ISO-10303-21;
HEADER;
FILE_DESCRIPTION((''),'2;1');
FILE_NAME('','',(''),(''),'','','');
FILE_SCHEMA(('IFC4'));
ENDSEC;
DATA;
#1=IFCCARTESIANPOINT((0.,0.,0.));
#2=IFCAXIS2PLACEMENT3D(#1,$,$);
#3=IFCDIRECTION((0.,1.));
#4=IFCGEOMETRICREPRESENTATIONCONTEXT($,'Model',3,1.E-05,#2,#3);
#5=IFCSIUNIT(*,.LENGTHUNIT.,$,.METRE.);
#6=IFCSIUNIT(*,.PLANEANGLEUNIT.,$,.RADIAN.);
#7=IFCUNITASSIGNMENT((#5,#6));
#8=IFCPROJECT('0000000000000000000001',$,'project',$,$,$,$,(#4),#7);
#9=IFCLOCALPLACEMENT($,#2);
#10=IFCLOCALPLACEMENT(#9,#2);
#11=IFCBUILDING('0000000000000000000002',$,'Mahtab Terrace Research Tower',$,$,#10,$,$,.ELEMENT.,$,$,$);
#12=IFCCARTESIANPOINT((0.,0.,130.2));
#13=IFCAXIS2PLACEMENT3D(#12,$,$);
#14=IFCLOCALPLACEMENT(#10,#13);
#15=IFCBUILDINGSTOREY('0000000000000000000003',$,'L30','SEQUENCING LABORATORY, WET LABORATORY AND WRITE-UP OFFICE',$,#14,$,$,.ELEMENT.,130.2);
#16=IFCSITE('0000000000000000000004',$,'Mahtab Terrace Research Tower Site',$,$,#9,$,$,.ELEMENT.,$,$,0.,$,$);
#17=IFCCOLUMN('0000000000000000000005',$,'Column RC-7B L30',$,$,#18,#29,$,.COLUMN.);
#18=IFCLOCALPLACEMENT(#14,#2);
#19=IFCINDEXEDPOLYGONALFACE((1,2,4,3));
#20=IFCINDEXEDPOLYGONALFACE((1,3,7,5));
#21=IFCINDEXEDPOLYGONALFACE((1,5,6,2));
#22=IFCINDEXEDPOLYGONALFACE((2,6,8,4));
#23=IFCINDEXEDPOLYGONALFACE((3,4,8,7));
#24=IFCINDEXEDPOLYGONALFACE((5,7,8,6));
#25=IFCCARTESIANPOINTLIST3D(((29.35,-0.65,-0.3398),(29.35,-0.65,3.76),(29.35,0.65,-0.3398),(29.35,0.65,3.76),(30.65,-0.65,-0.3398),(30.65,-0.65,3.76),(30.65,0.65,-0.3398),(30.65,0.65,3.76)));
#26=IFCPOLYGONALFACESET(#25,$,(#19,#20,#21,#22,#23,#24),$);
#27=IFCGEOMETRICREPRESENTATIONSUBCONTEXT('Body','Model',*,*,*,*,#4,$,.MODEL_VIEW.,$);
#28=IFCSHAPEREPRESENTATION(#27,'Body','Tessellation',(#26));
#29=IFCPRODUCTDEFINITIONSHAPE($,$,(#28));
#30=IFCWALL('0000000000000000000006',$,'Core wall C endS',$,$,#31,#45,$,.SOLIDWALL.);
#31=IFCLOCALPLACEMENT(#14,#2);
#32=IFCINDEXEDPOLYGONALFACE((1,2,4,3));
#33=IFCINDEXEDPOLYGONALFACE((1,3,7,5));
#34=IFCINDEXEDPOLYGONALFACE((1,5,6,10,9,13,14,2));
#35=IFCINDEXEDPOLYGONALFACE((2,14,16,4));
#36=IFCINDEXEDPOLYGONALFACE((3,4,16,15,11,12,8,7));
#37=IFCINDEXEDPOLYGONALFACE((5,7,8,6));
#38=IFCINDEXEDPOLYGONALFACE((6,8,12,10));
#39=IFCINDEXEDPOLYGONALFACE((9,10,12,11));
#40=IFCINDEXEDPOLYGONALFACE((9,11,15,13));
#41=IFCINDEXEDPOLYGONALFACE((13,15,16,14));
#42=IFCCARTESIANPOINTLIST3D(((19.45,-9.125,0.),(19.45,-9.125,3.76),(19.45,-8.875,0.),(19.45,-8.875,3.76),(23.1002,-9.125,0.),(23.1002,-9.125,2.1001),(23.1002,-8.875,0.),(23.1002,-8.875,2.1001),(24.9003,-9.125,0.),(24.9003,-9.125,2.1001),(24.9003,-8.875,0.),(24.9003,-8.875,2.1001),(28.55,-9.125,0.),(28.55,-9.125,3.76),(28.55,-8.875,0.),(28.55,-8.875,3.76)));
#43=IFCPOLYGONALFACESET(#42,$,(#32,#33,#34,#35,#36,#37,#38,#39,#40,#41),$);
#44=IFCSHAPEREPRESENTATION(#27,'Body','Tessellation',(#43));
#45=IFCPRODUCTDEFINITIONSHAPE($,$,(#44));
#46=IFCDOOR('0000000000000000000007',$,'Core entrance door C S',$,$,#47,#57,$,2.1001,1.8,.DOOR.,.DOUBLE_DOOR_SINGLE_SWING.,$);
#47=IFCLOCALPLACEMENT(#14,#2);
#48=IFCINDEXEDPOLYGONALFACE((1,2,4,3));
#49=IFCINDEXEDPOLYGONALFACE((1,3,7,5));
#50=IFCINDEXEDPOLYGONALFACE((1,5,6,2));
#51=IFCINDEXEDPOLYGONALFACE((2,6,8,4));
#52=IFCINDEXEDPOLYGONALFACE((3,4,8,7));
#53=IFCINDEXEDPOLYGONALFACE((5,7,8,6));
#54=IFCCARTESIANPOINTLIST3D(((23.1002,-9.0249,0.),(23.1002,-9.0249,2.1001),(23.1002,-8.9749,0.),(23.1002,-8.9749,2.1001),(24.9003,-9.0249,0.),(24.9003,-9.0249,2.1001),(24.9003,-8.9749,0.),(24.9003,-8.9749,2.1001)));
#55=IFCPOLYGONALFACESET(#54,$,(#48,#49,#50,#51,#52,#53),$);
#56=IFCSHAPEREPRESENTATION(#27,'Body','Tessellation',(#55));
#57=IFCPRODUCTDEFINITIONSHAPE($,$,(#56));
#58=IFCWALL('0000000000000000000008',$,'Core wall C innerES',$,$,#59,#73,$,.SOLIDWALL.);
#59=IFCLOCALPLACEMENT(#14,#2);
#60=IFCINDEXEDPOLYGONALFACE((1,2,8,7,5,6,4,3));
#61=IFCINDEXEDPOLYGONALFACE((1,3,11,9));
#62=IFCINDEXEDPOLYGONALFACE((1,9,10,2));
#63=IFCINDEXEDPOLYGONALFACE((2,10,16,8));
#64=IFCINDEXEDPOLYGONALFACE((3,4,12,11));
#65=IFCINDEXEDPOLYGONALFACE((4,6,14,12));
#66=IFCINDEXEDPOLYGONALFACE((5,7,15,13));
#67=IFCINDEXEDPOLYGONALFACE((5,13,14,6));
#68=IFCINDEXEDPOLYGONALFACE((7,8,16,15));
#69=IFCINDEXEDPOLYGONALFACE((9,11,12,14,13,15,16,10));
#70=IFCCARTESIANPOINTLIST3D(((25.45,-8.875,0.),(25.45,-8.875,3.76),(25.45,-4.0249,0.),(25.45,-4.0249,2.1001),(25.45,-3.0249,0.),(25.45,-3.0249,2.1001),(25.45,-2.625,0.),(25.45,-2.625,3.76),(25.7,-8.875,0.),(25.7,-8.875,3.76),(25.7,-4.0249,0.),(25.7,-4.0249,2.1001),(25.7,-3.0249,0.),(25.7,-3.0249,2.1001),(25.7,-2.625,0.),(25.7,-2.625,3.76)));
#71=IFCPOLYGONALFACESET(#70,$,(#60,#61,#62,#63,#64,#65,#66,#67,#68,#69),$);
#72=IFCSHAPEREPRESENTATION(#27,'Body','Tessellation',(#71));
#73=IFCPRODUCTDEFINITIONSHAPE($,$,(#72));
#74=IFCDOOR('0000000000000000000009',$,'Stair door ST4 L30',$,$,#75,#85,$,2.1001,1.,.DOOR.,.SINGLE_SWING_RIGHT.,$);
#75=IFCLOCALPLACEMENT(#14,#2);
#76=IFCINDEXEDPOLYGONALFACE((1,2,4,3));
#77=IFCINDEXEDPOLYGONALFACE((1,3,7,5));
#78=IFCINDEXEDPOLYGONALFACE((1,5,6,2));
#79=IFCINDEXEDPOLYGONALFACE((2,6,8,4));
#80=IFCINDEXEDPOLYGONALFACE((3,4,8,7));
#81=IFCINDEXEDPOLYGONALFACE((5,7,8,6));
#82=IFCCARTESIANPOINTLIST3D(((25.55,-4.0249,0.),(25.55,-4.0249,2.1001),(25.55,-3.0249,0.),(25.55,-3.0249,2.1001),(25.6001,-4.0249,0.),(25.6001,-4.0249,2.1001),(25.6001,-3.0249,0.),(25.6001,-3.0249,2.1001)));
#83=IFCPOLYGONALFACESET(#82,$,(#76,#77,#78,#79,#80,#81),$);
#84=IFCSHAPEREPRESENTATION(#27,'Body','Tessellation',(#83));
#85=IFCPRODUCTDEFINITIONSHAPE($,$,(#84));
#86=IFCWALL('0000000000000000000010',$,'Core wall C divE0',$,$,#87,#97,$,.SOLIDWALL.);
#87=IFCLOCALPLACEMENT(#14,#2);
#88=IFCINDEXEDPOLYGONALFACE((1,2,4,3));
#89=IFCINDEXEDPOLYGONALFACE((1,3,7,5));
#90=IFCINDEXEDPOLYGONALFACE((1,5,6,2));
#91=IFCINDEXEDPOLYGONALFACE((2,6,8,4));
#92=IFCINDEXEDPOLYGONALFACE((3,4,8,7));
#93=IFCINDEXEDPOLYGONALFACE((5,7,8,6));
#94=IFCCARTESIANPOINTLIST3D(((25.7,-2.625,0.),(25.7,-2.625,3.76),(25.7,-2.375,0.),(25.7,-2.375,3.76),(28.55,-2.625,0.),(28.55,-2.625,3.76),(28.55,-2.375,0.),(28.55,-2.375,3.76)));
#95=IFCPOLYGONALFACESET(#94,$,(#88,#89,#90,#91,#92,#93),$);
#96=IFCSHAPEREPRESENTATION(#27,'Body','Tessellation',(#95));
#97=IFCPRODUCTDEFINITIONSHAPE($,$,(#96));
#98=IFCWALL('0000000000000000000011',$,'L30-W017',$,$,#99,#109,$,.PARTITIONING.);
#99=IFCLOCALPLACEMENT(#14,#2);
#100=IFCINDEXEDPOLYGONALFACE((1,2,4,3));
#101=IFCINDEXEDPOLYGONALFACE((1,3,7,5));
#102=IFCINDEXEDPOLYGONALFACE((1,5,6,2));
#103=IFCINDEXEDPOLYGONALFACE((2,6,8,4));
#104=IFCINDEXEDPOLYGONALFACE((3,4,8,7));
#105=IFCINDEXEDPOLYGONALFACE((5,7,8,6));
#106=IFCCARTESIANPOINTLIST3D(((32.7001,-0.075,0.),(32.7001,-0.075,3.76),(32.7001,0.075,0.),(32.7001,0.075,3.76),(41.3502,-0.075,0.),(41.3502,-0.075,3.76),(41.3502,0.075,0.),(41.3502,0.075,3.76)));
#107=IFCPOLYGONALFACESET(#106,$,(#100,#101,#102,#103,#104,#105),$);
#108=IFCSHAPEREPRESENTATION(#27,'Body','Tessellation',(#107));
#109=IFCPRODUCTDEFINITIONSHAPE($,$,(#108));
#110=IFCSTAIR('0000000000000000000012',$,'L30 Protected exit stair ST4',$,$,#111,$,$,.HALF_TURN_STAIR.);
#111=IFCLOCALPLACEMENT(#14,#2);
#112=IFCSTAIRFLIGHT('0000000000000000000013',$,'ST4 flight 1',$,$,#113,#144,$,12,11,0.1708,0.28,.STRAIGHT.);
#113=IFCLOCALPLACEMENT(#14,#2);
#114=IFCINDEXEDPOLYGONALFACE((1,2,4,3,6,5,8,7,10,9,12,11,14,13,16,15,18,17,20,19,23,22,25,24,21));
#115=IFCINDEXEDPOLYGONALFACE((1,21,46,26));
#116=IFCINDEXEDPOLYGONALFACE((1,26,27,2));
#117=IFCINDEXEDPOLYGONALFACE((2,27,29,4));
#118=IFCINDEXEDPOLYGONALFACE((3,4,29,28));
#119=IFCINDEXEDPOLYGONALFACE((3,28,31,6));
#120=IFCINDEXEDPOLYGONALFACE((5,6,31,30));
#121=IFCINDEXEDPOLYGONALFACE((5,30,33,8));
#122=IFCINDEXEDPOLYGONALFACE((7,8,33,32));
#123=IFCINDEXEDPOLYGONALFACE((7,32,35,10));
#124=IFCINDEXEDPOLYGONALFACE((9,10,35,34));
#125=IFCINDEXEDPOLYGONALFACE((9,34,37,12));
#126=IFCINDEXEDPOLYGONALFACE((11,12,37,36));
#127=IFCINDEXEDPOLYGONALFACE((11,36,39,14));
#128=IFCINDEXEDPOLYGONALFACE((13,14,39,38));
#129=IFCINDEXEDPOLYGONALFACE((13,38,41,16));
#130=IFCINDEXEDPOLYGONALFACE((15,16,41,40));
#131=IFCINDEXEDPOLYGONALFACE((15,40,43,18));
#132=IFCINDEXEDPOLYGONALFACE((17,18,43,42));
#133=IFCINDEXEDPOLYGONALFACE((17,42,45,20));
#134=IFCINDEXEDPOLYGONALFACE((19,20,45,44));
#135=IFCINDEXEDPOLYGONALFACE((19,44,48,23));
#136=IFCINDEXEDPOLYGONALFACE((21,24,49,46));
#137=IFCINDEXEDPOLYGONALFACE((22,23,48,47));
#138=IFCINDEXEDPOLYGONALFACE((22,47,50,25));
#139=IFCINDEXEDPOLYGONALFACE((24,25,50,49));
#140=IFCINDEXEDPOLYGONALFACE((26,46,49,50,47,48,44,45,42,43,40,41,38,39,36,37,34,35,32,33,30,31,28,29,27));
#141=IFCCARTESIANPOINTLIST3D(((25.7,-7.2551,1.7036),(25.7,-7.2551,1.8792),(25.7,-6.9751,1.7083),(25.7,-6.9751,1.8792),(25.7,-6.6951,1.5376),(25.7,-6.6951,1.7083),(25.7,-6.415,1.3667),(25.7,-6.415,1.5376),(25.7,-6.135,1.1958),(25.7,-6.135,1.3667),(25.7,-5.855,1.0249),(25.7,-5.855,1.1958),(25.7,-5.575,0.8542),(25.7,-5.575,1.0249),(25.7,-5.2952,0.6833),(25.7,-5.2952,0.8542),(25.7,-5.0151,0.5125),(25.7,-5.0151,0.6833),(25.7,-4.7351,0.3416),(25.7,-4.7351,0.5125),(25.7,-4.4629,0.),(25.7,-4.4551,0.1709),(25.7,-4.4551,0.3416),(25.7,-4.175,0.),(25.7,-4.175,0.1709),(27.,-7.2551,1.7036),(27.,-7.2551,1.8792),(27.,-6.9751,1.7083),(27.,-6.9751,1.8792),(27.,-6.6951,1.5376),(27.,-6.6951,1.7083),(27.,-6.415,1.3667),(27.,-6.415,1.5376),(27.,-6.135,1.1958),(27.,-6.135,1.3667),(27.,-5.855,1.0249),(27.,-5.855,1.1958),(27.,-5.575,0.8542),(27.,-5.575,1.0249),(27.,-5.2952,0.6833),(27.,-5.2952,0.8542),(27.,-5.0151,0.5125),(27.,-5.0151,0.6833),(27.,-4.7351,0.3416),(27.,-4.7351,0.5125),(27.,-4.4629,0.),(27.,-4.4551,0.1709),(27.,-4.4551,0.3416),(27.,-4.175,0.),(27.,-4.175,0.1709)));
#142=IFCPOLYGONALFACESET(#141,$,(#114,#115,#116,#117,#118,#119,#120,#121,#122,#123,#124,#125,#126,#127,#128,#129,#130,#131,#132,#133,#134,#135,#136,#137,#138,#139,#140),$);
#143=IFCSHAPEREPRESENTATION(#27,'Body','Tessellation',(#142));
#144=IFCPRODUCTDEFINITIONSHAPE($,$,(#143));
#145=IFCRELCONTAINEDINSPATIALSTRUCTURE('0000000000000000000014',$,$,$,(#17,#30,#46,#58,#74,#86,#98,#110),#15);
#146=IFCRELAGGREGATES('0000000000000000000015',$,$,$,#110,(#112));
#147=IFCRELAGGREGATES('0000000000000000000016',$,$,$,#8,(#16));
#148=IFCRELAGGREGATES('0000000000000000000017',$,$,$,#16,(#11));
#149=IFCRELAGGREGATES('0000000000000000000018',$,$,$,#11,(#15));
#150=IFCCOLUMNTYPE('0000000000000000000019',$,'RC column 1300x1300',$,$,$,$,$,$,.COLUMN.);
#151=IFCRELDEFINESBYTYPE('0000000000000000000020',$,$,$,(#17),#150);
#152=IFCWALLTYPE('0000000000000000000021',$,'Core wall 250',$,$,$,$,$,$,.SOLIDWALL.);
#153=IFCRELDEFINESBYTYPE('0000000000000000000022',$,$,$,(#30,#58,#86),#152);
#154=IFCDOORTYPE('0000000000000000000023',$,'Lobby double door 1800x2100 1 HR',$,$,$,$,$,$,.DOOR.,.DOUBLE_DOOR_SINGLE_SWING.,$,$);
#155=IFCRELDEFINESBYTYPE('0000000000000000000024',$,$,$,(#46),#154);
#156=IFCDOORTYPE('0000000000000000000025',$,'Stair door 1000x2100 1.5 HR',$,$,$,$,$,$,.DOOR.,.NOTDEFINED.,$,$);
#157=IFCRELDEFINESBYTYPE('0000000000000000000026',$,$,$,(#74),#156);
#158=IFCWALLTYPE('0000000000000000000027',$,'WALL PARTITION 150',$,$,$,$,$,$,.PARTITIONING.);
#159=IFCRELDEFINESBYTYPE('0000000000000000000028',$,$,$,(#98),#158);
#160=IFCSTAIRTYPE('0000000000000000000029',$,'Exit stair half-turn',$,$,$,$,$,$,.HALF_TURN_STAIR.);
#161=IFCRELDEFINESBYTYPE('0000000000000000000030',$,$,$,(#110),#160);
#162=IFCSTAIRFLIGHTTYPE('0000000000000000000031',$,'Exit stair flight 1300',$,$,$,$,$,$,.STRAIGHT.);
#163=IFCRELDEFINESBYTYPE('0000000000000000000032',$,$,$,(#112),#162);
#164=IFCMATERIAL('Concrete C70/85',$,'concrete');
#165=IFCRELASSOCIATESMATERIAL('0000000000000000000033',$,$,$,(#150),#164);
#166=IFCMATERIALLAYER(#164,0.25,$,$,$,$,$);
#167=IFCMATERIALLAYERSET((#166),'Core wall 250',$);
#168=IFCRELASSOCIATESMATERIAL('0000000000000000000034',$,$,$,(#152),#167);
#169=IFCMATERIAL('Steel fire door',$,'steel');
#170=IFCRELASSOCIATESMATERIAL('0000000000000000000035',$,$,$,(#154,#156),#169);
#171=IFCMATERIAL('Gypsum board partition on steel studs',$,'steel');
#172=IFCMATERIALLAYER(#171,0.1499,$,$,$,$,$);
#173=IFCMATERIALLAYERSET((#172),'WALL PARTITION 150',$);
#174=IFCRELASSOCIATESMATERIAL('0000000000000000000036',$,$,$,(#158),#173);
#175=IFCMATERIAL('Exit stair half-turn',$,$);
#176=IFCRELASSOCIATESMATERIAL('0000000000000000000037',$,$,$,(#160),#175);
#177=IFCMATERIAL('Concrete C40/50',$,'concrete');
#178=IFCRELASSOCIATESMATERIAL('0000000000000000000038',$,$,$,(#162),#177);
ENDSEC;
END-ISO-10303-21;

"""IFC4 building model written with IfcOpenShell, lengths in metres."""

from ifc_helpers import new_model, si_unit, direction, frame, frame_2d, origin, origin_2d, place, context, subcontext, project, spatial, polyline, rectangle, outline, extrude, material, layer, layer_set, material_profile, profile_set, type_object, element, fill, aggregate, save


model = new_model("IFC4")

# Units and contexts
model_context = context("Model", 3, precision=1e-05, world=origin(), true_north=direction((0.0, 1.0)))
body_context = subcontext(model_context, "Body", "Model", "MODEL_VIEW")
ifc_project = project(units=[si_unit("LENGTHUNIT", "METRE"), si_unit("PLANEANGLEUNIT", "RADIAN")], contexts=[model_context])

# Site, building, storey
site_placement = place(None, origin())
site = spatial("IfcSite", under=ifc_project, at=site_placement, Name="Mahtab Terrace Research Tower Site", CompositionType="ELEMENT", RefElevation=0.0)
building_placement = place(site_placement, origin())
building = spatial("IfcBuilding", under=site, at=building_placement, Name="Mahtab Terrace Research Tower", CompositionType="ELEMENT")
storey_placement = place(building_placement, frame((0.0, 0.0, 130.2)))
storey = spatial("IfcBuildingStorey", under=building, at=storey_placement, Name="L30", Description="SEQUENCING LABORATORY, WET LABORATORY AND WRITE-UP OFFICE", CompositionType="ELEMENT", Elevation=130.2)

# Column
ifc_material_1 = material(Name="Concrete C70/85", Category="concrete")
ifc_material_profile = material_profile(ifc_material_1, rectangle(XDim=1.3, YDim=1.3, at=origin_2d()), Name="RC column 1300x1300")
ifc_profile_set = profile_set([ifc_material_profile], Name="Concrete C70/85")
column_type = type_object("IfcColumnType", Name="RC column 1300x1300", PredefinedType="COLUMN", material=ifc_profile_set)
column_placement = place(storey_placement, frame((30.0, 0.0, -0.3398), z_axis=(0.0, 0.0, 1.0), x_axis=(1.0, 0.0, 0.0)))
element("IfcColumn", 1, at=column_placement, inside=storey, type_object=column_type, Name="Column RC-7B L30", PredefinedType="COLUMN", context=body_context, shape_type="SweptSolid", body=[
    extrude(rectangle(XDim=1.3, YDim=1.3, at=origin_2d()), origin(), (0.0, 0.0, 1.0), 4.0999),
])

# Walls, openings, doors
ifc_layer_1 = layer(ifc_material_1, 0.25)
ifc_layer_set_1 = layer_set([ifc_layer_1], Name="Core wall 250")
wall_type_1 = type_object("IfcWallType", Name="Core wall 250", PredefinedType="SOLIDWALL", material=ifc_layer_set_1)
wall_1_placement = place(storey_placement, frame((28.55, -9.0, 0.0), z_axis=(0.0, 0.0, 1.0), x_axis=(-1.0, 0.0, 0.0)))
wall_1 = element("IfcWall", 2, at=wall_1_placement, inside=storey, type_object=wall_type_1, Name="Core wall C endS", PredefinedType="SOLIDWALL", context=body_context, shape_type="SweptSolid", body=[
    extrude(rectangle(XDim=9.1001, YDim=0.25, at=frame_2d((4.55, 0.0))), origin(), (0.0, 0.0, 1.0), 3.76),
])
opening_1_placement = place(wall_1_placement, frame((3.6499, 0.0, 0.0)))
opening_1 = element("IfcOpeningElement", 3, at=opening_1_placement, cuts=wall_1, PredefinedType="OPENING", context=body_context, shape_type="SweptSolid", body=[
    extrude(rectangle(XDim=1.8, YDim=2.1001, at=frame_2d((0.8999, 1.05))), frame((0.0, 0.135, 0.0), z_axis=(0.0, -1.0, 0.0), x_axis=(1.0, 0.0, 0.0)), (0.0, 0.0, 1.0), 0.27),
])
ifc_material_2 = material(Name="Steel fire door", Category="steel")
door_type_1 = type_object("IfcDoorType", Name="Lobby double door 1800x2100 1 HR", OperationType="DOUBLE_DOOR_SINGLE_SWING", PredefinedType="DOOR", material=ifc_material_2)
door_1_placement = place(opening_1_placement, origin())
door_1 = element("IfcDoor", 4, at=door_1_placement, inside=storey, type_object=door_type_1, Name="Core entrance door C S", OperationType="DOUBLE_DOOR_SINGLE_SWING", OverallHeight=2.1001, OverallWidth=1.8, PredefinedType="DOOR", context=body_context, shape_type="SweptSolid", body=[
    extrude(rectangle(XDim=1.8, YDim=2.1001, at=frame_2d((0.8999, 1.05))), frame((0.0, 0.0249, 0.0), z_axis=(0.0, -1.0, 0.0), x_axis=(1.0, 0.0, 0.0)), (0.0, 0.0, 1.0), 0.05),
])
fill(opening_1, door_1)
wall_2_placement = place(storey_placement, frame((25.575, -8.875, 0.0), z_axis=(0.0, 0.0, 1.0), x_axis=(0.0, 1.0, 0.0)))
wall_2 = element("IfcWall", 5, at=wall_2_placement, inside=storey, type_object=wall_type_1, Name="Core wall C innerES", PredefinedType="SOLIDWALL", context=body_context, shape_type="SweptSolid", body=[
    extrude(rectangle(XDim=6.25, YDim=0.25, at=frame_2d((3.125, 0.0))), origin(), (0.0, 0.0, 1.0), 3.76),
])
opening_2_placement = place(wall_2_placement, frame((4.8501, 0.0, 0.0)))
opening_2 = element("IfcOpeningElement", 6, at=opening_2_placement, cuts=wall_2, PredefinedType="OPENING", context=body_context, shape_type="SweptSolid", body=[
    extrude(rectangle(XDim=1.0, YDim=2.1001, at=frame_2d((0.5, 1.05))), frame((0.0, 0.135, 0.0), z_axis=(0.0, -1.0, 0.0), x_axis=(1.0, 0.0, 0.0)), (0.0, 0.0, 1.0), 0.27),
])
door_type_2 = type_object("IfcDoorType", Name="Stair door 1000x2100 1.5 HR", OperationType="NOTDEFINED", PredefinedType="DOOR", material=ifc_material_2)
door_2_placement = place(opening_2_placement, origin())
door_2 = element("IfcDoor", 7, at=door_2_placement, inside=storey, type_object=door_type_2, Name="Stair door ST4 L30", OperationType="SINGLE_SWING_RIGHT", OverallHeight=2.1001, OverallWidth=1.0, PredefinedType="DOOR", context=body_context, shape_type="SweptSolid", body=[
    extrude(rectangle(XDim=1.0, YDim=2.1001, at=frame_2d((0.5, 1.05))), frame((0.0, 0.0249, 0.0), z_axis=(0.0, -1.0, 0.0), x_axis=(1.0, 0.0, 0.0)), (0.0, 0.0, 1.0), 0.05),
])
fill(opening_2, door_2)

# Walls
wall_3_placement = place(storey_placement, frame((25.7, -2.5, 0.0), z_axis=(0.0, 0.0, 1.0), x_axis=(1.0, 0.0, 0.0)))
element("IfcWall", 8, at=wall_3_placement, inside=storey, type_object=wall_type_1, Name="Core wall C divE0", PredefinedType="SOLIDWALL", context=body_context, shape_type="SweptSolid", body=[
    extrude(rectangle(XDim=2.8501, YDim=0.25, at=frame_2d((1.425, 0.0))), origin(), (0.0, 0.0, 1.0), 3.76),
])
ifc_material_3 = material(Name="Gypsum board partition on steel studs", Category="steel")
ifc_layer_2 = layer(ifc_material_3, 0.1499)
ifc_layer_set_2 = layer_set([ifc_layer_2], Name="WALL PARTITION 150")
wall_type_2 = type_object("IfcWallType", Name="WALL PARTITION 150", PredefinedType="PARTITIONING", material=ifc_layer_set_2)
wall_4_placement = place(storey_placement, frame((32.7, 0.0, 0.0), z_axis=(0.0, 0.0, 1.0), x_axis=(1.0, 0.0, 0.0)))
element("IfcWall", 9, at=wall_4_placement, inside=storey, type_object=wall_type_2, Name="L30-W017", PredefinedType="PARTITIONING", context=body_context, shape_type="SweptSolid", body=[
    extrude(rectangle(XDim=8.6501, YDim=0.1499, at=frame_2d((4.3252, 0.0))), origin(), (0.0, 0.0, 1.0), 3.76),
])

# Stair, stair flight
ifc_material_4 = material(Name="Exit stair half-turn")
stair_type = type_object("IfcStairType", Name="Exit stair half-turn", PredefinedType="HALF_TURN_STAIR", material=ifc_material_4)
stair_placement = place(storey_placement, origin())
stair = element("IfcStair", 10, at=stair_placement, inside=storey, type_object=stair_type, Name="L30 Protected exit stair ST4", PredefinedType="HALF_TURN_STAIR")
ifc_material_5 = material(Name="Concrete C40/50", Category="concrete")
stair_flight_type = type_object("IfcStairFlightType", Name="Exit stair flight 1300", PredefinedType="STRAIGHT", material=ifc_material_5)
stair_flight_1_placement = place(storey_placement, frame((26.3501, -4.175, 0.0), z_axis=(0.0, 0.0, 1.0), x_axis=(0.0, -1.0, 0.0)))
stair_flight_1 = element("IfcStairFlight", 11, at=stair_flight_1_placement, type_object=stair_flight_type, Name="ST4 flight 1", NumberOfRisers=12, NumberOfTreads=11, PredefinedType="STRAIGHT", RiserHeight=0.1708, TreadLength=0.28, context=body_context, shape_type="SweptSolid", body=[
    extrude(outline(polyline([(0.0, 0.0), (0.0, 0.1709), (0.28, 0.1709), (0.28, 0.3416), (0.5601, 0.3416), (0.5601, 0.5125), (0.8401, 0.5125), (0.8401, 0.6833), (1.1201, 0.6833), (1.1201, 0.8542), (1.3999, 0.8542), (1.3999, 1.0249), (1.6799, 1.0249), (1.6799, 1.1958), (1.96, 1.1958), (1.96, 1.3667), (2.24, 1.3667), (2.24, 1.5376), (2.52, 1.5376), (2.52, 1.7083), (2.8, 1.7083), (2.8, 1.8792), (3.0801, 1.8792), (3.0801, 2.05), (3.0801, 1.7036), (0.2878, 0.0), (0.0, 0.0)])), frame((0.0, 0.6499, 0.0), z_axis=(0.0, -1.0, 0.0), x_axis=(1.0, 0.0, 0.0)), (0.0, 0.0, 1.0), 1.3),
])
aggregate(stair, [stair_flight_1])

save(model, "model.ifc")
